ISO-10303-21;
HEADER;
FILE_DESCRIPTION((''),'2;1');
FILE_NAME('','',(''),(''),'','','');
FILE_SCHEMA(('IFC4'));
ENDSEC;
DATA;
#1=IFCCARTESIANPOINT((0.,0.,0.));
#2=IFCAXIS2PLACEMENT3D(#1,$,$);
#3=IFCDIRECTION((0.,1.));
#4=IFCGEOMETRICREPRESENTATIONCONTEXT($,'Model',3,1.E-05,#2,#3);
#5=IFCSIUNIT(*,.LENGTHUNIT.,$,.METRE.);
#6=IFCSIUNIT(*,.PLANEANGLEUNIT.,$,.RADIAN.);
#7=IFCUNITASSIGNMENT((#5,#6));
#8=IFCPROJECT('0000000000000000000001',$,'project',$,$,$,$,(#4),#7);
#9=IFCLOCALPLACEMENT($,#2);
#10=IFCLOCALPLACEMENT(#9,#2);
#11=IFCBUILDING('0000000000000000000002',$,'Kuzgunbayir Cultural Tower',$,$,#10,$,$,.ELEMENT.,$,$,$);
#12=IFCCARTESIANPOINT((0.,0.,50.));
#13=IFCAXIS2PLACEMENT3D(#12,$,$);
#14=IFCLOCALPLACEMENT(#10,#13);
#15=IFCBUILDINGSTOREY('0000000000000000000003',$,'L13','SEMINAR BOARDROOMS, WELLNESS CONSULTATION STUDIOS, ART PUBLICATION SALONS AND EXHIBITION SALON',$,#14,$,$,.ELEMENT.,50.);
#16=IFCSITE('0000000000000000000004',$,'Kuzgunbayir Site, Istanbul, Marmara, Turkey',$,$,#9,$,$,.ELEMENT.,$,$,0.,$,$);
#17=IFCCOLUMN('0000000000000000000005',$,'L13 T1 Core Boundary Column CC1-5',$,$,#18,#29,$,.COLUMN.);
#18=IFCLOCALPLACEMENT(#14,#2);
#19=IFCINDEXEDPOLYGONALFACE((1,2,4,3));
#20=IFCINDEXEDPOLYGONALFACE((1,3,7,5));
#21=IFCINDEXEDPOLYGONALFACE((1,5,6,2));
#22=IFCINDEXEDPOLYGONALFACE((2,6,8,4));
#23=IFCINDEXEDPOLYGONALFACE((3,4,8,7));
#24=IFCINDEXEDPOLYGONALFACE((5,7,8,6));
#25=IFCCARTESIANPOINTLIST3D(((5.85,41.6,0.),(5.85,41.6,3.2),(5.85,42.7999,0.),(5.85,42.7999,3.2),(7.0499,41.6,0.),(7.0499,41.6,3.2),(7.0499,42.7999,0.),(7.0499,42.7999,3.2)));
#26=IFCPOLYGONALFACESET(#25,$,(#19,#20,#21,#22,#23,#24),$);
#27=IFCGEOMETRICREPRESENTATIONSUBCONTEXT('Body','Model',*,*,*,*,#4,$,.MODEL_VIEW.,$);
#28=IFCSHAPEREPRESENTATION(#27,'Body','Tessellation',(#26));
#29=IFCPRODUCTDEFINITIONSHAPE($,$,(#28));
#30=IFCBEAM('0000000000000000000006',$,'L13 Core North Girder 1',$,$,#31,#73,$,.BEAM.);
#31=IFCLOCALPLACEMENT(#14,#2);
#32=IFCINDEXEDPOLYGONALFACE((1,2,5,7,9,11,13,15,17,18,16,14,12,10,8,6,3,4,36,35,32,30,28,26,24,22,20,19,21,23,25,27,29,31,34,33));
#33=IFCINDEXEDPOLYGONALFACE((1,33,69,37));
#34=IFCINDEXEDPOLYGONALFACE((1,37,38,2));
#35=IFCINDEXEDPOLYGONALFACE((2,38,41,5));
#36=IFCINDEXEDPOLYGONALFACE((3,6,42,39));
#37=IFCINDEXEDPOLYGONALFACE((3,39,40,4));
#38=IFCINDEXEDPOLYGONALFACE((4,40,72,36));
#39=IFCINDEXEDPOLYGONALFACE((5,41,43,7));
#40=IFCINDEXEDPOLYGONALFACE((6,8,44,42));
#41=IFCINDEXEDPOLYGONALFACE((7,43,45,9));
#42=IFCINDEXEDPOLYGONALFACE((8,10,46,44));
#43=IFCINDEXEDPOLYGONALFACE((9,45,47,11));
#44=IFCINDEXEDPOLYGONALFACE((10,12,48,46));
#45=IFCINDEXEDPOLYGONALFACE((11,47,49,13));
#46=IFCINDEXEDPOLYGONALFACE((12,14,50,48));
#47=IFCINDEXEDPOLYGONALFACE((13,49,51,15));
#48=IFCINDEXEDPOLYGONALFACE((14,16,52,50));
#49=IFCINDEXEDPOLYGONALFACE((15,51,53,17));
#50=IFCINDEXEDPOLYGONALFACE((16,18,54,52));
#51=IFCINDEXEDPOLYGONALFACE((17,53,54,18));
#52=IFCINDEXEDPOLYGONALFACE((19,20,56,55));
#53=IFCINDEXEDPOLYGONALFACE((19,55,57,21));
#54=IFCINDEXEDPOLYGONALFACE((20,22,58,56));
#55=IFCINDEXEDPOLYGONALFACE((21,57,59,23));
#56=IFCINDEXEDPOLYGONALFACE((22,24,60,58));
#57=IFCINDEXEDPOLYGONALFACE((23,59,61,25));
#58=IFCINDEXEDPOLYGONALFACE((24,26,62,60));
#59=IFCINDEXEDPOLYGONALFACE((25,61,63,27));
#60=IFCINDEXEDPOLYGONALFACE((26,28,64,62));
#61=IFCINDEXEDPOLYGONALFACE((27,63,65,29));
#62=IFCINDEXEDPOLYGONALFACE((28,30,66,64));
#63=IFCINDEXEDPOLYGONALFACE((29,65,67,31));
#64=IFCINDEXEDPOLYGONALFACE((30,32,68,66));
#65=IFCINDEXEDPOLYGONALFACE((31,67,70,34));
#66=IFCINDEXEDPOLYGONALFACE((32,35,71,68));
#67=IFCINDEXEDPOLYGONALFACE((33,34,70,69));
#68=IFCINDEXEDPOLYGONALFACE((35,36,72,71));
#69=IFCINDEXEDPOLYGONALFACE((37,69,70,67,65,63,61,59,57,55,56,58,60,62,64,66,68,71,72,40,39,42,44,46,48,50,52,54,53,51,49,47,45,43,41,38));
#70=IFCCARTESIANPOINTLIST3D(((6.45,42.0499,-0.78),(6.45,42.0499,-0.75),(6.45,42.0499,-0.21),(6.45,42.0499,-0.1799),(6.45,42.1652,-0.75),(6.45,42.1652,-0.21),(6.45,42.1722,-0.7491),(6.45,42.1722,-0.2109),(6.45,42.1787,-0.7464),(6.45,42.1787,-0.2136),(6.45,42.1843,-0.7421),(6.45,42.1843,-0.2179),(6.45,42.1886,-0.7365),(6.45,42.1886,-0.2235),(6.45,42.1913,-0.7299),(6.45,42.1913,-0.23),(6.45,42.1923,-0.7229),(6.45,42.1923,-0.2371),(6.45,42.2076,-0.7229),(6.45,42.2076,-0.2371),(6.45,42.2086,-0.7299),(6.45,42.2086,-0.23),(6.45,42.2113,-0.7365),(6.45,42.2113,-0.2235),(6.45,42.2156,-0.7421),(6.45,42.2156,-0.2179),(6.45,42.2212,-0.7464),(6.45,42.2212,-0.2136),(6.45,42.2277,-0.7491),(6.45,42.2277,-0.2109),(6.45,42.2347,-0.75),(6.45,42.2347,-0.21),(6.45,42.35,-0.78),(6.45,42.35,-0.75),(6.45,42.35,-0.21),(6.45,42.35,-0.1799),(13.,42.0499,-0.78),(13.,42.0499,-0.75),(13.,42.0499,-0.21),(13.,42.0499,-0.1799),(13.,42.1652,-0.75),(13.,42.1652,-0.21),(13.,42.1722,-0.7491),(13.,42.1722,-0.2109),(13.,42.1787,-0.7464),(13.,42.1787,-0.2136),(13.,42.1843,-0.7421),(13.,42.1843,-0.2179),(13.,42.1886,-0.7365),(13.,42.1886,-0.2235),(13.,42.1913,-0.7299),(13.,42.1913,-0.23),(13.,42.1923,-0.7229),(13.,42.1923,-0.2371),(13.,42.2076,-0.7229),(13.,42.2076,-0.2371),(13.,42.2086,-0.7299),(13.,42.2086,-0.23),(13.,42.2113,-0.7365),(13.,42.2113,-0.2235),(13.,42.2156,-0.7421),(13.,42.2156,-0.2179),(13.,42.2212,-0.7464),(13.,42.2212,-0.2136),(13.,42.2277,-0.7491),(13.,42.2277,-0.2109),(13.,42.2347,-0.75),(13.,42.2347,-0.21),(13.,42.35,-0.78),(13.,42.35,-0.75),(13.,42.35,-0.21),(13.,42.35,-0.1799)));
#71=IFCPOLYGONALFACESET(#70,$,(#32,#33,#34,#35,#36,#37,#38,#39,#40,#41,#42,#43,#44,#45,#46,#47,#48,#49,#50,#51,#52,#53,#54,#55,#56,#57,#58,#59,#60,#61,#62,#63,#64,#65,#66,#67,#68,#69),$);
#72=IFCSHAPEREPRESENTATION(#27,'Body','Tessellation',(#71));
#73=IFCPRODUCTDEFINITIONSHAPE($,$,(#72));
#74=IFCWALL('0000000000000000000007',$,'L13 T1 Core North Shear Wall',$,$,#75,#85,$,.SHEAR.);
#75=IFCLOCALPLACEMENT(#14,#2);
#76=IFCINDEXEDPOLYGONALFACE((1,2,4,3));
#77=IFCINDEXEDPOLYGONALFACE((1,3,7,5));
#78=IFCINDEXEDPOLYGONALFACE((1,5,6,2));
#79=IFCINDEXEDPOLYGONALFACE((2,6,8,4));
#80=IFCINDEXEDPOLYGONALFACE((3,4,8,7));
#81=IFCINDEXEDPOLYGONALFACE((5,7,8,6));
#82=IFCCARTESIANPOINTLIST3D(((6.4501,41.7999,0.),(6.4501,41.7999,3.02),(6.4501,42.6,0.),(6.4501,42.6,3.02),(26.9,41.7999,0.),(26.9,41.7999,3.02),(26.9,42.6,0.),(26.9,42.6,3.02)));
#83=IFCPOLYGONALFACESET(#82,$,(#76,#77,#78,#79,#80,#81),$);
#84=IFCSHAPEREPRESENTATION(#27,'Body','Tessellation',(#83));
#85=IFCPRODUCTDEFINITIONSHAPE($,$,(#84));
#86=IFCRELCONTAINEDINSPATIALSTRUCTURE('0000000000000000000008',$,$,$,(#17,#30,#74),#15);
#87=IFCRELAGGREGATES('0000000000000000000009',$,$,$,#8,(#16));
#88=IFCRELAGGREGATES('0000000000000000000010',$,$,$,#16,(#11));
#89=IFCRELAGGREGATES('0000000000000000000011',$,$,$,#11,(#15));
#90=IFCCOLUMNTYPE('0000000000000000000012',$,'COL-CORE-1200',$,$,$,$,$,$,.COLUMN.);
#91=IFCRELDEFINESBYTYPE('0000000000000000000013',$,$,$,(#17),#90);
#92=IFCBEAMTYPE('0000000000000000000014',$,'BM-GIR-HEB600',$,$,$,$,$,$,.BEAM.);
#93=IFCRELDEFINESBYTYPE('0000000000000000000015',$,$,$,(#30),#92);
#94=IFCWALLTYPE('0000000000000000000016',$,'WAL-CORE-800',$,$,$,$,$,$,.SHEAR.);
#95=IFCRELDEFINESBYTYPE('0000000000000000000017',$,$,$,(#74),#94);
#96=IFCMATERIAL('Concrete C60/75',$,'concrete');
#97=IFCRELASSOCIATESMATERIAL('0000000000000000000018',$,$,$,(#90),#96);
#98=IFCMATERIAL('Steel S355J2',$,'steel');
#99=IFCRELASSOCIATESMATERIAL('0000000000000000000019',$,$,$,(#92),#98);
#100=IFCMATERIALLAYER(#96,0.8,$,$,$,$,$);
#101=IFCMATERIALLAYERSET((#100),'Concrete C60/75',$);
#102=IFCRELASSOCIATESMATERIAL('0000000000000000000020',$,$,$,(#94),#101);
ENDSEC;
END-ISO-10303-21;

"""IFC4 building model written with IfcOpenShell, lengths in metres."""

from ifc_helpers import new_model, si_unit, direction, frame, frame_2d, origin, origin_2d, place, context, subcontext, project, spatial, rectangle, i_section, extrude, material, layer, layer_set, material_profile, profile_set, type_object, element, save


model = new_model("IFC4")

# Units and contexts
model_context = context("Model", 3, precision=1e-05, world=origin(), true_north=direction((0.0, 1.0)))
body_context = subcontext(model_context, "Body", "Model", "MODEL_VIEW")
ifc_project = project(units=[si_unit("LENGTHUNIT", "METRE"), si_unit("PLANEANGLEUNIT", "RADIAN")], contexts=[model_context])

# Site, building, storey
site_placement = place(None, origin())
site = spatial("IfcSite", under=ifc_project, at=site_placement, Name="Kuzgunbayir Site, Istanbul, Marmara, Turkey", CompositionType="ELEMENT", RefElevation=0.0)
building_placement = place(site_placement, origin())
building = spatial("IfcBuilding", under=site, at=building_placement, Name="Kuzgunbayir Cultural Tower", CompositionType="ELEMENT")
storey_placement = place(building_placement, frame((0.0, 0.0, 50.0)))
storey = spatial("IfcBuildingStorey", under=building, at=storey_placement, Name="L13", Description="SEMINAR BOARDROOMS, WELLNESS CONSULTATION STUDIOS, ART PUBLICATION SALONS AND EXHIBITION SALON", CompositionType="ELEMENT", Elevation=50.0)

# Column
ifc_material_1 = material(Name="Concrete C60/75", Category="concrete")
ifc_material_profile_1 = material_profile(ifc_material_1, rectangle(XDim=1.2, YDim=1.2, at=origin_2d()), Name="RC 1200x1200")
ifc_profile_set_1 = profile_set([ifc_material_profile_1], Name="Concrete C60/75")
column_type = type_object("IfcColumnType", Name="COL-CORE-1200", PredefinedType="COLUMN", material=ifc_profile_set_1)
column_placement = place(storey_placement, frame((6.45, 42.2, 0.0), z_axis=(0.0, 0.0, 1.0), x_axis=(1.0, 0.0, 0.0)))
element("IfcColumn", 1, at=column_placement, inside=storey, type_object=column_type, Name="L13 T1 Core Boundary Column CC1-5", PredefinedType="COLUMN", context=body_context, shape_type="SweptSolid", body=[
    extrude(rectangle(XDim=1.2, YDim=1.2, at=origin_2d()), origin(), (0.0, 0.0, 1.0), 3.2),
])

# Beam
ifc_material_2 = material(Name="Steel S355J2", Category="steel")
ifc_material_profile_2 = material_profile(ifc_material_2, i_section(OverallWidth=0.3, OverallDepth=0.6001, WebThickness=0.0154, FlangeThickness=0.03, FilletRadius=0.0271, at=origin_2d()), Name="HEB 600")
ifc_profile_set_2 = profile_set([ifc_material_profile_2], Name="Steel S355J2")
beam_type = type_object("IfcBeamType", Name="BM-GIR-HEB600", PredefinedType="BEAM", material=ifc_profile_set_2)
beam_placement = place(storey_placement, frame((6.45, 42.2, -0.48), z_axis=(1.0, 0.0, 0.0), x_axis=(0.0, 1.0, 0.0)))
element("IfcBeam", 2, at=beam_placement, inside=storey, type_object=beam_type, Name="L13 Core North Girder 1", PredefinedType="BEAM", context=body_context, shape_type="SweptSolid", body=[
    extrude(i_section(OverallWidth=0.3, OverallDepth=0.6001, WebThickness=0.0154, FlangeThickness=0.03, FilletRadius=0.0271, at=origin_2d()), origin(), (0.0, 0.0, 1.0), 6.55),
])

# Wall
ifc_layer_1 = layer(ifc_material_1, 0.8)
ifc_layer_set_1 = layer_set([ifc_layer_1], Name="Concrete C60/75")
wall_type_1 = type_object("IfcWallType", Name="WAL-CORE-800", PredefinedType="SHEAR", material=ifc_layer_set_1)
wall_1_placement = place(storey_placement, frame((6.45, 42.2, 0.0), z_axis=(0.0, 0.0, 1.0), x_axis=(1.0, 0.0, 0.0)))
element("IfcWall", 3, at=wall_1_placement, inside=storey, type_object=wall_type_1, Name="L13 T1 Core North Shear Wall", PredefinedType="SHEAR", context=body_context, shape_type="SweptSolid", body=[
    extrude(rectangle(XDim=20.45, YDim=0.8, at=frame_2d((10.2251, 0.0))), origin(), (0.0, 0.0, 1.0), 3.02),
])

save(model, "model.ifc")
